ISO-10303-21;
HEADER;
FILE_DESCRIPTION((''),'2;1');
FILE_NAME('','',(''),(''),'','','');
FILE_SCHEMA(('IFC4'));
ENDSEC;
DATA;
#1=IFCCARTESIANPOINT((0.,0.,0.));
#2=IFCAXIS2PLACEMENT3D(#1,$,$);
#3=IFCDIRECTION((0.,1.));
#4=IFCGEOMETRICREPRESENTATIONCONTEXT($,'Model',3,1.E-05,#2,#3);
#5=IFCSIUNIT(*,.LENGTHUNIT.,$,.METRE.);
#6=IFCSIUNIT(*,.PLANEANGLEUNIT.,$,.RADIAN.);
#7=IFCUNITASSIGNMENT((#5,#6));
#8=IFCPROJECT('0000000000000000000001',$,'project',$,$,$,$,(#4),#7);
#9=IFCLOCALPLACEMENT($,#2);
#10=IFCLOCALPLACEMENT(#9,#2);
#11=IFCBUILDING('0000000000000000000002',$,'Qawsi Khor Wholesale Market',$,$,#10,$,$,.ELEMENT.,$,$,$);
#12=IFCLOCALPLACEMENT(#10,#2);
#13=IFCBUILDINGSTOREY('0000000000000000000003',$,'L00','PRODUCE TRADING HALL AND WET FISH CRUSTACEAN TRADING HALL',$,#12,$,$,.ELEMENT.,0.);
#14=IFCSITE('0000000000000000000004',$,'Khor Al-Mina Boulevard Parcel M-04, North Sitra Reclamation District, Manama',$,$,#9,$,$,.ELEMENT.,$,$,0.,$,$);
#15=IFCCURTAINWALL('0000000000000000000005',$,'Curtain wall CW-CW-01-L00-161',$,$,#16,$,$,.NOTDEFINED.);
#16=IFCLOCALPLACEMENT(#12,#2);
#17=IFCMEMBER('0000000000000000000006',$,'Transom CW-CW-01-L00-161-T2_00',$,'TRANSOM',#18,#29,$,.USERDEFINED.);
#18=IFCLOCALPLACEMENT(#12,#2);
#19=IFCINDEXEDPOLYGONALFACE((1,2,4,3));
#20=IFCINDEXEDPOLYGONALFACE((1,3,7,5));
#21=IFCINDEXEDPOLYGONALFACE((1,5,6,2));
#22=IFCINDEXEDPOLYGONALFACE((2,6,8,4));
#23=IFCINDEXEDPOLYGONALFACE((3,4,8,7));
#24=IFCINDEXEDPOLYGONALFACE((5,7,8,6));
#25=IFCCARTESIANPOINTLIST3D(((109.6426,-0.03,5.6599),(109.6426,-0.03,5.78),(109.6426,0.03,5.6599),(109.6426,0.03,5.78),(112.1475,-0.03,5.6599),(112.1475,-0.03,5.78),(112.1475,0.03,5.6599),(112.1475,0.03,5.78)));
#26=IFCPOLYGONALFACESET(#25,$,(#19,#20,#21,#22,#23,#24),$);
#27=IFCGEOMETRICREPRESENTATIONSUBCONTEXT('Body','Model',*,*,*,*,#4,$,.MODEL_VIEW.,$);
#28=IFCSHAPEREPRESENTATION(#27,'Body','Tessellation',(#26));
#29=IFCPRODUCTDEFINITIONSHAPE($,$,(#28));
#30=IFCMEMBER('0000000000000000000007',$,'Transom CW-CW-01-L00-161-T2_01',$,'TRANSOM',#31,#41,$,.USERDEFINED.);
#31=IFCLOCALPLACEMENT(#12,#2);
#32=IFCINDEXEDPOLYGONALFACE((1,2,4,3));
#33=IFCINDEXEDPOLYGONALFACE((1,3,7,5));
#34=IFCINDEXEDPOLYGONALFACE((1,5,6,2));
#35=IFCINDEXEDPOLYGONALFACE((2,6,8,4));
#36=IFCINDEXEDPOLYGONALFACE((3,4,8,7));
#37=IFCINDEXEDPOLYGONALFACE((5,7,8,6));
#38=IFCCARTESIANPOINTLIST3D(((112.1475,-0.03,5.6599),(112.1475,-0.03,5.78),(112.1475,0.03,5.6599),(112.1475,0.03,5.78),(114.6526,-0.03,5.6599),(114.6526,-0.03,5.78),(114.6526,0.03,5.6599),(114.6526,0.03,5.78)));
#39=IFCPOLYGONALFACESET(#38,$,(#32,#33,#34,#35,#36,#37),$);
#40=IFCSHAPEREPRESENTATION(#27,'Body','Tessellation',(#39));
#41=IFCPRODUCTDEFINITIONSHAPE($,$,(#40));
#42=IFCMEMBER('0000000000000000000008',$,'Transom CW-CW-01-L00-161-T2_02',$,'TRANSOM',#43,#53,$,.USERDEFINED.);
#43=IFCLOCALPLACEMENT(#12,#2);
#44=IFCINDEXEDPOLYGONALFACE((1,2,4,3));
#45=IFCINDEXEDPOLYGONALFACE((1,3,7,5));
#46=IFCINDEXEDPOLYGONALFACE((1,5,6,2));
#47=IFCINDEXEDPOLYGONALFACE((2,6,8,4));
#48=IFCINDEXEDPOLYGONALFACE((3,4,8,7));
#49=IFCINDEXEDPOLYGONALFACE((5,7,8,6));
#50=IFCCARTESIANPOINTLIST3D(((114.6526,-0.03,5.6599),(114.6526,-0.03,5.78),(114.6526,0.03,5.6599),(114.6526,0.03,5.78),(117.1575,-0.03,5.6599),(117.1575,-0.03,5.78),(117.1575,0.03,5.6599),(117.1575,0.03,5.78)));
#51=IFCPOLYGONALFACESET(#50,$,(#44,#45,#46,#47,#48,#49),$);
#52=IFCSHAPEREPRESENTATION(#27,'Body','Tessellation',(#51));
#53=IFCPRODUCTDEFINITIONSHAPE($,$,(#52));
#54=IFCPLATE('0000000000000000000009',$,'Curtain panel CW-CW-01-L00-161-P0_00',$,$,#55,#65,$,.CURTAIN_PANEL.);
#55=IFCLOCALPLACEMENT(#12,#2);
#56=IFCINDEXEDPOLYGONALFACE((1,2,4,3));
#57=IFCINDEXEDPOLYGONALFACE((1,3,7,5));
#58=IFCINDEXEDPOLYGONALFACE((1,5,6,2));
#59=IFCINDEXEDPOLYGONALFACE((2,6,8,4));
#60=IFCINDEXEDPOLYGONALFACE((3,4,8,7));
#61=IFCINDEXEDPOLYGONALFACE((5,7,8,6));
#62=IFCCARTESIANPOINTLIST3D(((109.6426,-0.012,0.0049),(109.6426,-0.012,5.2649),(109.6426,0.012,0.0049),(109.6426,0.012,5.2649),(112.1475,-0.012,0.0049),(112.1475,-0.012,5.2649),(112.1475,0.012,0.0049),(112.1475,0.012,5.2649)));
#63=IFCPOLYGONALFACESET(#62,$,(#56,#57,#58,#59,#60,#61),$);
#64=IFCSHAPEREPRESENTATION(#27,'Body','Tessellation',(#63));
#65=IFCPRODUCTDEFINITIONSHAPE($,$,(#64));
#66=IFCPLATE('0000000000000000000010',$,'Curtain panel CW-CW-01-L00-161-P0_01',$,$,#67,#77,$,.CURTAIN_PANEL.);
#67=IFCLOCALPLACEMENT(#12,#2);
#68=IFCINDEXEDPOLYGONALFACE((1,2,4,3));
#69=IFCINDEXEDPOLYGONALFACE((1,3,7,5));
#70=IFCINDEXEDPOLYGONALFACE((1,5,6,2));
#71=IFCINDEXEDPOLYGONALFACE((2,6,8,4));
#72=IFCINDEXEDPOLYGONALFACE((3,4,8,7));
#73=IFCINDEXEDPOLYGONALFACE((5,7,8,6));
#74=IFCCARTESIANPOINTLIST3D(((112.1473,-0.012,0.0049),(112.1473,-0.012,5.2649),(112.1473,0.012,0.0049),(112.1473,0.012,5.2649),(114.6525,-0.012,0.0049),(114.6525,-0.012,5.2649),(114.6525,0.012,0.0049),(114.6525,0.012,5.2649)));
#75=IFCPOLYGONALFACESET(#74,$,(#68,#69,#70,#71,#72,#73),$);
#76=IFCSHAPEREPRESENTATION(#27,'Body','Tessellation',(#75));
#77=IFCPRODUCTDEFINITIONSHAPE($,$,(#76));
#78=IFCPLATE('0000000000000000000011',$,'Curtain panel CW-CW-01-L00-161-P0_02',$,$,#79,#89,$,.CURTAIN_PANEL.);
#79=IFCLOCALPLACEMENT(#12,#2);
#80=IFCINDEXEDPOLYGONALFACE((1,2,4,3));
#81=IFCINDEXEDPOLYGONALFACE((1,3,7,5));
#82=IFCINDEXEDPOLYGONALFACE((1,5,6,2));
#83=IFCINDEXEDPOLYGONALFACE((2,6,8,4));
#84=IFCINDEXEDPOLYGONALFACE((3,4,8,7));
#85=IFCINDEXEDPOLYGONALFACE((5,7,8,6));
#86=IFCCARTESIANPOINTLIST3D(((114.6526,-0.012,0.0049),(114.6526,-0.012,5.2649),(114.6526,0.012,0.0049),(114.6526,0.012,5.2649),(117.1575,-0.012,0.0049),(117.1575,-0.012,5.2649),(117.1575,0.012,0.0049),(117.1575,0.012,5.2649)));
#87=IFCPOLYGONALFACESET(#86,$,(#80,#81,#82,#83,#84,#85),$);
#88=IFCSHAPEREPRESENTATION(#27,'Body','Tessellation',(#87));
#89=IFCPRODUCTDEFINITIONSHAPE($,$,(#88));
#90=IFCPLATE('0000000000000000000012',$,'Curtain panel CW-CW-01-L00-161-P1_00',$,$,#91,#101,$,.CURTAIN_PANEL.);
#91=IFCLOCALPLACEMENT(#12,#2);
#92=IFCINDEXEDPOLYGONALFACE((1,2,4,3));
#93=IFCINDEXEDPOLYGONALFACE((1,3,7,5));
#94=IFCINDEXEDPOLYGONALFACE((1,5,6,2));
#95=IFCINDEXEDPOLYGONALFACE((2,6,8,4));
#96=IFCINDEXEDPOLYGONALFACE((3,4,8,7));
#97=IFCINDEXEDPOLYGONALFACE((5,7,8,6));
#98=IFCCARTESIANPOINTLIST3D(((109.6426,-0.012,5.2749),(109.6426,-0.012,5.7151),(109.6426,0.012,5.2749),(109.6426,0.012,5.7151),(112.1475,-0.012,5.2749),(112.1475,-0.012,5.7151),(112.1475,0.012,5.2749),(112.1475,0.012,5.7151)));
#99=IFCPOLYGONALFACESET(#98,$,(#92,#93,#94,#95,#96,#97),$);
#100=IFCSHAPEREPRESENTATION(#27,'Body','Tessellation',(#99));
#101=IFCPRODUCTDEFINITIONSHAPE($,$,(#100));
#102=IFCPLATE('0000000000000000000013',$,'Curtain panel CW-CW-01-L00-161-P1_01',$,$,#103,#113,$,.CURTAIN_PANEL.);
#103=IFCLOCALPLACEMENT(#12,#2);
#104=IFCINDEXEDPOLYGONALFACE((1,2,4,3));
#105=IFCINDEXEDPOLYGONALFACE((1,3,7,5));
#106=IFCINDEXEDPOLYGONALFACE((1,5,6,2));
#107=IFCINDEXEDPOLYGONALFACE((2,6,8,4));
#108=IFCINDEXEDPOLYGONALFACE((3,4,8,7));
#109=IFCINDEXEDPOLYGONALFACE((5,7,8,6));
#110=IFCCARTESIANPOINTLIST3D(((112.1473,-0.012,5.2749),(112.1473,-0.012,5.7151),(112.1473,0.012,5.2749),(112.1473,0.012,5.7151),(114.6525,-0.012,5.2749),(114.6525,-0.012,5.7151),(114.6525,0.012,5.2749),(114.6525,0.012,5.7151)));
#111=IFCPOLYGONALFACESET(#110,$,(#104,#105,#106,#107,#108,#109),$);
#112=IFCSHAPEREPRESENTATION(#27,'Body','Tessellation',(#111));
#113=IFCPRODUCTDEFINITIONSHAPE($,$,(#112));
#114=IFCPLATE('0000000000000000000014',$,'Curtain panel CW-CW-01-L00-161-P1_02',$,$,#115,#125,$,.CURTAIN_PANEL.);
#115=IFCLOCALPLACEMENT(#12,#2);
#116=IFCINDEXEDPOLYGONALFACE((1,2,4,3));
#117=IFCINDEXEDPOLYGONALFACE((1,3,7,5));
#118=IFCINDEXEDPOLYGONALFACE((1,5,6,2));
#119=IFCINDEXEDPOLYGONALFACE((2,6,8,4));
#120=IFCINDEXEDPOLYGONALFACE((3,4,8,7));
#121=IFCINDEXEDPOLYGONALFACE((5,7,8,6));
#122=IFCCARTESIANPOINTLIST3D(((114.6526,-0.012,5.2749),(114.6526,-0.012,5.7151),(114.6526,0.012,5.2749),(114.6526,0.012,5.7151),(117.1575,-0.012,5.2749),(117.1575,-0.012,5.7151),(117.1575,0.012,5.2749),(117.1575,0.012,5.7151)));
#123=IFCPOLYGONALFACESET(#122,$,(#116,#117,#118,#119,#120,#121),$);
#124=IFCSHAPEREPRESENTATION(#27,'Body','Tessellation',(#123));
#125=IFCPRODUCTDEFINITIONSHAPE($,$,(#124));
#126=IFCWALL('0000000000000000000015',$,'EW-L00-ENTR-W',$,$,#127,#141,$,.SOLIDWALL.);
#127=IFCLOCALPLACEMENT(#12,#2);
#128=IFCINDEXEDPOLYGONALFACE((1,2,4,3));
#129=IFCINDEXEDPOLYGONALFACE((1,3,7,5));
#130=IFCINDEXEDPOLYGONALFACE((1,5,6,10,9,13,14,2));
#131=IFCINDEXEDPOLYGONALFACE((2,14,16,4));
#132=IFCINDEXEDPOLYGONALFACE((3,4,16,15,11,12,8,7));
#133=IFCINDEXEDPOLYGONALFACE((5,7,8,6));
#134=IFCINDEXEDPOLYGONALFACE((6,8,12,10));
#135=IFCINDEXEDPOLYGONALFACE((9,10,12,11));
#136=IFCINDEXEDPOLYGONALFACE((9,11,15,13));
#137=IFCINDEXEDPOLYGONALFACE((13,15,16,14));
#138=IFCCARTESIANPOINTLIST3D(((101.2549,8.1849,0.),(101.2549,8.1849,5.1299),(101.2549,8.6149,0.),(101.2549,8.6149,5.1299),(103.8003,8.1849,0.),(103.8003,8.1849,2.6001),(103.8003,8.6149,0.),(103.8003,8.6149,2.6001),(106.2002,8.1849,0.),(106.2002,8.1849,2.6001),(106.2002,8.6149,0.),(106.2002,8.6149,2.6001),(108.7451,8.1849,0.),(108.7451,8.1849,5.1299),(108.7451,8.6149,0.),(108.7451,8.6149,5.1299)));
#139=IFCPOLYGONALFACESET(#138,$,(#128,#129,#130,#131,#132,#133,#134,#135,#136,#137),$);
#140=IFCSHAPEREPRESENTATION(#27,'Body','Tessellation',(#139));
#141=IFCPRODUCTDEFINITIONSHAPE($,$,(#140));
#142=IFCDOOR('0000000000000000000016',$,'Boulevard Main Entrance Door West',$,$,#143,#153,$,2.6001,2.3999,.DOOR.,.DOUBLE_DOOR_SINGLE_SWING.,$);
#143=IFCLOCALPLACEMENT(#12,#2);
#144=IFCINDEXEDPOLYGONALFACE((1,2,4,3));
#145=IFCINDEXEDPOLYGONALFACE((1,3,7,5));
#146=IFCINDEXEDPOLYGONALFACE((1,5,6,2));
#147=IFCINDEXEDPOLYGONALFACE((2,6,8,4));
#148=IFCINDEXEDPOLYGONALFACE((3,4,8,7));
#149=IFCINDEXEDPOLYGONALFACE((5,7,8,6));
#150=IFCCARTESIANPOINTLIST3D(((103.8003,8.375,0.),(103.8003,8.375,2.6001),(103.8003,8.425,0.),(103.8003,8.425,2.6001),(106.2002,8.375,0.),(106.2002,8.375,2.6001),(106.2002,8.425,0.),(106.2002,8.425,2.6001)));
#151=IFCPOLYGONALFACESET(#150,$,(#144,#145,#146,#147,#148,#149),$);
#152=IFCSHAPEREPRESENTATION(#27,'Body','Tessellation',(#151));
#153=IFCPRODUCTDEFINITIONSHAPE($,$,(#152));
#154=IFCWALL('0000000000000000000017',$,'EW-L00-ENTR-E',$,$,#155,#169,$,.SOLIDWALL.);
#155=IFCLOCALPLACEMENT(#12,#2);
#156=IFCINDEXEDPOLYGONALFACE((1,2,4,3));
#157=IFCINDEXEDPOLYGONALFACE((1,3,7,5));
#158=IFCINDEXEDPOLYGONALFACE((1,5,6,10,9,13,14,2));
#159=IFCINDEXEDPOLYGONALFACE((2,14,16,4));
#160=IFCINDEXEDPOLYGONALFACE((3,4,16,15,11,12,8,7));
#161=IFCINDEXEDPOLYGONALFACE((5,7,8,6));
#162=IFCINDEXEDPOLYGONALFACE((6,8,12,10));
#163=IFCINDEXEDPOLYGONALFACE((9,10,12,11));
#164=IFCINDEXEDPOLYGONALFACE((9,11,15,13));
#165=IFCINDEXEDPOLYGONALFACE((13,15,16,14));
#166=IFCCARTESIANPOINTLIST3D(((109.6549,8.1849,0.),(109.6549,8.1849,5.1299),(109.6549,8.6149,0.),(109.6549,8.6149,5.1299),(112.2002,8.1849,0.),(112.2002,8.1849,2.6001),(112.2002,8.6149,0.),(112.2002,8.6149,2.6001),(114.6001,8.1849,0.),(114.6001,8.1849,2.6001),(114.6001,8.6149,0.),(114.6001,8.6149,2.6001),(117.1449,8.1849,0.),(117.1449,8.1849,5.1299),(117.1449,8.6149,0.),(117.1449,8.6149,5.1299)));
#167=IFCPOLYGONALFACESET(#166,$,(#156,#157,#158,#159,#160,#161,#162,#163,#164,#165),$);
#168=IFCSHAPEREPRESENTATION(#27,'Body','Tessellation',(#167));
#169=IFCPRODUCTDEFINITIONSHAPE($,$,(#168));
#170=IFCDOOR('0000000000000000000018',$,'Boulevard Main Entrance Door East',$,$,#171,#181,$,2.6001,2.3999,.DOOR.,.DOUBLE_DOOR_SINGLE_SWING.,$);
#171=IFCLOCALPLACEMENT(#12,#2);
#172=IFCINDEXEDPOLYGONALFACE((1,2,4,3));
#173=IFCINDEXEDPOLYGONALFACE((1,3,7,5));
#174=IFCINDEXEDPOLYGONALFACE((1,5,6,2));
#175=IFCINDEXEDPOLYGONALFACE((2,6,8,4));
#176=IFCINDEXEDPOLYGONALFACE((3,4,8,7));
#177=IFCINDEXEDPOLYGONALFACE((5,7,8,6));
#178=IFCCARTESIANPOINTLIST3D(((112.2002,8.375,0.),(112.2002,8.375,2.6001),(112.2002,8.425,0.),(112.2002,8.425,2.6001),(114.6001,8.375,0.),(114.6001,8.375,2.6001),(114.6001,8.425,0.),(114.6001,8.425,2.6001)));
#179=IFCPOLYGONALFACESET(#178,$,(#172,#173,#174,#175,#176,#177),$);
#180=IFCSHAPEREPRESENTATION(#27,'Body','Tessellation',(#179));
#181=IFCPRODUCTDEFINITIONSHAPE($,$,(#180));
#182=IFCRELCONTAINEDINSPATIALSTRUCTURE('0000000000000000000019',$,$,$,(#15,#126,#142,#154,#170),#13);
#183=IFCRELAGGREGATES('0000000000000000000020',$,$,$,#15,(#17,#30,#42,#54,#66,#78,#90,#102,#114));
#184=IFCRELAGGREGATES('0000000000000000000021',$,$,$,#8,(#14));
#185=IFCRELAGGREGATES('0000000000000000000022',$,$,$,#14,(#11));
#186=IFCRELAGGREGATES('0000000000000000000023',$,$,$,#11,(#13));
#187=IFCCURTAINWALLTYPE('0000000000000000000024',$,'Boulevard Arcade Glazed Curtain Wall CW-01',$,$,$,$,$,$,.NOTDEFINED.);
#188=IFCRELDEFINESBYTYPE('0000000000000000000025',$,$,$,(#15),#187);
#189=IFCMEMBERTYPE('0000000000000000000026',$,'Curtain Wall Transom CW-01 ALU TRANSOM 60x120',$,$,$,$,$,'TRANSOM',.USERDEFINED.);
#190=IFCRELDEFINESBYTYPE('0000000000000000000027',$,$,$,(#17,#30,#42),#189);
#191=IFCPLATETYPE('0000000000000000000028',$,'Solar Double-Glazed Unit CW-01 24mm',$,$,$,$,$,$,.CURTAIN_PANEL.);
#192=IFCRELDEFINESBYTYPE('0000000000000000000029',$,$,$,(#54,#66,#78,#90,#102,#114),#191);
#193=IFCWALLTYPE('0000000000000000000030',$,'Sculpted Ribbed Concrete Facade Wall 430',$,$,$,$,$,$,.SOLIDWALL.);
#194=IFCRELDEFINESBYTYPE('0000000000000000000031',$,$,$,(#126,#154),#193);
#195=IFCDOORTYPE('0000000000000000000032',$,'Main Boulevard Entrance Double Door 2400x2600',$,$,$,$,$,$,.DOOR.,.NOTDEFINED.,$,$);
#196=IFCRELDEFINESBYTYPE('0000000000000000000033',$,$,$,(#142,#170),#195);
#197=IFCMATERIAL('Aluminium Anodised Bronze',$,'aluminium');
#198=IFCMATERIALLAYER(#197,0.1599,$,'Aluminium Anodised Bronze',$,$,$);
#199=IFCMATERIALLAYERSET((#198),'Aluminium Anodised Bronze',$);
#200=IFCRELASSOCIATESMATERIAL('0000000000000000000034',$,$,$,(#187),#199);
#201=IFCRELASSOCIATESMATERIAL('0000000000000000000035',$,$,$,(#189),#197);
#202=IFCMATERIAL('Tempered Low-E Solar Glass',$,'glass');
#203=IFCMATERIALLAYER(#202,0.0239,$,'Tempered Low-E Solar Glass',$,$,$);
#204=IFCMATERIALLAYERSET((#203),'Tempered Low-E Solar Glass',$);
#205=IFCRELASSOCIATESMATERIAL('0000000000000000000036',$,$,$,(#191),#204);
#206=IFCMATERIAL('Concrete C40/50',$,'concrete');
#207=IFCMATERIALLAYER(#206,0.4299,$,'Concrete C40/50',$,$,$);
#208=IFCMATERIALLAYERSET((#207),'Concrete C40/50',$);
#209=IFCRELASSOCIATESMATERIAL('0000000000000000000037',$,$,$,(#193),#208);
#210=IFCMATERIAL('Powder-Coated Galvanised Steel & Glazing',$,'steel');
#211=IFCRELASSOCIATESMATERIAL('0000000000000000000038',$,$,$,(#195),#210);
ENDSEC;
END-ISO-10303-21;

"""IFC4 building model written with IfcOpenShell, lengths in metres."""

from ifc_helpers import new_model, si_unit, direction, frame, frame_2d, origin, origin_2d, place, context, subcontext, project, spatial, rectangle, extrude, material, layer, layer_set, material_profile, profile_set, type_object, element, fill, aggregate, save


model = new_model("IFC4")

# Units and contexts
model_context = context("Model", 3, precision=1e-05, world=origin(), true_north=direction((0.0, 1.0)))
body_context = subcontext(model_context, "Body", "Model", "MODEL_VIEW")
ifc_project = project(units=[si_unit("LENGTHUNIT", "METRE"), si_unit("PLANEANGLEUNIT", "RADIAN")], contexts=[model_context])

# Site, building, storey
site_placement = place(None, origin())
site = spatial("IfcSite", under=ifc_project, at=site_placement, Name="Khor Al-Mina Boulevard Parcel M-04, North Sitra Reclamation District, Manama", CompositionType="ELEMENT", RefElevation=0.0)
building_placement = place(site_placement, origin())
building = spatial("IfcBuilding", under=site, at=building_placement, Name="Qawsi Khor Wholesale Market", CompositionType="ELEMENT")
storey_placement = place(building_placement, origin())
storey = spatial("IfcBuildingStorey", under=building, at=storey_placement, Name="L00", Description="PRODUCE TRADING HALL AND WET FISH CRUSTACEAN TRADING HALL", CompositionType="ELEMENT", Elevation=0.0)

# Shared definitions
ifc_material_1 = material(Name="Concrete C40/50", Category="concrete")

# Curtain wall, members, plates
ifc_material_2 = material(Name="Aluminium Anodised Bronze", Category="aluminium")
ifc_layer_1 = layer(ifc_material_2, 0.1599, Name="Aluminium Anodised Bronze")
ifc_layer_set_1 = layer_set([ifc_layer_1], Name="Aluminium Anodised Bronze")
curtain_wall_type = type_object("IfcCurtainWallType", Name="Boulevard Arcade Glazed Curtain Wall CW-01", PredefinedType="NOTDEFINED", material=ifc_layer_set_1)
curtain_wall_placement = place(storey_placement, origin())
curtain_wall = element("IfcCurtainWall", 1, at=curtain_wall_placement, inside=storey, type_object=curtain_wall_type, Name="Curtain wall CW-CW-01-L00-161", PredefinedType="NOTDEFINED")
ifc_material_profile_1 = material_profile(ifc_material_2, rectangle(XDim=0.0601, YDim=0.1201, at=origin_2d()), Name="ALU TRANSOM 60x120")
ifc_profile_set_1 = profile_set([ifc_material_profile_1], Name="Aluminium Anodised Bronze")
member_type_1 = type_object("IfcMemberType", Name="Curtain Wall Transom CW-01 ALU TRANSOM 60x120", ElementType="TRANSOM", PredefinedType="USERDEFINED", material=ifc_profile_set_1)
member_1_placement = place(storey_placement, frame((109.6426, 0.0, 5.72), z_axis=(1.0, 0.0, 0.0), x_axis=(0.0, 1.0, 0.0)))
member_1 = element("IfcMember", 2, at=member_1_placement, type_object=member_type_1, Name="Transom CW-CW-01-L00-161-T2_00", ObjectType="TRANSOM", PredefinedType="USERDEFINED", context=body_context, shape_type="SweptSolid", body=[
    extrude(rectangle(XDim=0.0601, YDim=0.1201, at=origin_2d()), origin(), (0.0, 0.0, 1.0), 2.5049),
])
member_2_placement = place(storey_placement, frame((112.1475, 0.0, 5.72), z_axis=(1.0, 0.0, 0.0), x_axis=(0.0, 1.0, 0.0)))
member_2 = element("IfcMember", 3, at=member_2_placement, type_object=member_type_1, Name="Transom CW-CW-01-L00-161-T2_01", ObjectType="TRANSOM", PredefinedType="USERDEFINED", context=body_context, shape_type="SweptSolid", body=[
    extrude(rectangle(XDim=0.0601, YDim=0.1201, at=origin_2d()), origin(), (0.0, 0.0, 1.0), 2.5051),
])
member_3_placement = place(storey_placement, frame((114.6526, 0.0, 5.72), z_axis=(1.0, 0.0, 0.0), x_axis=(0.0, 1.0, 0.0)))
member_3 = element("IfcMember", 4, at=member_3_placement, type_object=member_type_1, Name="Transom CW-CW-01-L00-161-T2_02", ObjectType="TRANSOM", PredefinedType="USERDEFINED", context=body_context, shape_type="SweptSolid", body=[
    extrude(rectangle(XDim=0.0601, YDim=0.1201, at=origin_2d()), origin(), (0.0, 0.0, 1.0), 2.5049),
])
ifc_material_3 = material(Name="Tempered Low-E Solar Glass", Category="glass")
ifc_layer_2 = layer(ifc_material_3, 0.0239, Name="Tempered Low-E Solar Glass")
ifc_layer_set_2 = layer_set([ifc_layer_2], Name="Tempered Low-E Solar Glass")
plate_type = type_object("IfcPlateType", Name="Solar Double-Glazed Unit CW-01 24mm", PredefinedType="CURTAIN_PANEL", material=ifc_layer_set_2)
plate_1_placement = place(storey_placement, frame((109.6426, 0.0, 0.0049), z_axis=(0.0, 0.0, 1.0), x_axis=(1.0, 0.0, 0.0)))
plate_1 = element("IfcPlate", 5, at=plate_1_placement, type_object=plate_type, Name="Curtain panel CW-CW-01-L00-161-P0_00", PredefinedType="CURTAIN_PANEL", context=body_context, shape_type="SweptSolid", body=[
    extrude(rectangle(XDim=2.5049, YDim=0.0239, at=frame_2d((1.2524, 0.0))), origin(), (0.0, 0.0, 1.0), 5.26),
])
plate_2_placement = place(storey_placement, frame((112.1475, 0.0, 0.0049), z_axis=(0.0, 0.0, 1.0), x_axis=(1.0, 0.0, 0.0)))
plate_2 = element("IfcPlate", 6, at=plate_2_placement, type_object=plate_type, Name="Curtain panel CW-CW-01-L00-161-P0_01", PredefinedType="CURTAIN_PANEL", context=body_context, shape_type="SweptSolid", body=[
    extrude(rectangle(XDim=2.5051, YDim=0.0239, at=frame_2d((1.2524, 0.0))), origin(), (0.0, 0.0, 1.0), 5.26),
])
plate_3_placement = place(storey_placement, frame((114.6526, 0.0, 0.0049), z_axis=(0.0, 0.0, 1.0), x_axis=(1.0, 0.0, 0.0)))
plate_3 = element("IfcPlate", 7, at=plate_3_placement, type_object=plate_type, Name="Curtain panel CW-CW-01-L00-161-P0_02", PredefinedType="CURTAIN_PANEL", context=body_context, shape_type="SweptSolid", body=[
    extrude(rectangle(XDim=2.5049, YDim=0.0239, at=frame_2d((1.2524, 0.0))), origin(), (0.0, 0.0, 1.0), 5.26),
])
plate_4_placement = place(storey_placement, frame((109.6426, 0.0, 5.2749), z_axis=(0.0, 0.0, 1.0), x_axis=(1.0, 0.0, 0.0)))
plate_4 = element("IfcPlate", 8, at=plate_4_placement, type_object=plate_type, Name="Curtain panel CW-CW-01-L00-161-P1_00", PredefinedType="CURTAIN_PANEL", context=body_context, shape_type="SweptSolid", body=[
    extrude(rectangle(XDim=2.5049, YDim=0.0239, at=frame_2d((1.2524, 0.0))), origin(), (0.0, 0.0, 1.0), 0.4402),
])
plate_5_placement = place(storey_placement, frame((112.1475, 0.0, 5.2749), z_axis=(0.0, 0.0, 1.0), x_axis=(1.0, 0.0, 0.0)))
plate_5 = element("IfcPlate", 9, at=plate_5_placement, type_object=plate_type, Name="Curtain panel CW-CW-01-L00-161-P1_01", PredefinedType="CURTAIN_PANEL", context=body_context, shape_type="SweptSolid", body=[
    extrude(rectangle(XDim=2.5051, YDim=0.0239, at=frame_2d((1.2524, 0.0))), origin(), (0.0, 0.0, 1.0), 0.4402),
])
plate_6_placement = place(storey_placement, frame((114.6526, 0.0, 5.2749), z_axis=(0.0, 0.0, 1.0), x_axis=(1.0, 0.0, 0.0)))
plate_6 = element("IfcPlate", 10, at=plate_6_placement, type_object=plate_type, Name="Curtain panel CW-CW-01-L00-161-P1_02", PredefinedType="CURTAIN_PANEL", context=body_context, shape_type="SweptSolid", body=[
    extrude(rectangle(XDim=2.5049, YDim=0.0239, at=frame_2d((1.2524, 0.0))), origin(), (0.0, 0.0, 1.0), 0.4402),
])
aggregate(curtain_wall, [member_1, member_2, member_3, plate_1, plate_2, plate_3, plate_4, plate_5, plate_6])

# Walls, openings, doors
ifc_layer_3 = layer(ifc_material_1, 0.4299, Name="Concrete C40/50")
ifc_layer_set_3 = layer_set([ifc_layer_3], Name="Concrete C40/50")
wall_type = type_object("IfcWallType", Name="Sculpted Ribbed Concrete Facade Wall 430", PredefinedType="SOLIDWALL", material=ifc_layer_set_3)
wall_1_placement = place(storey_placement, frame((108.7451, 8.3999, 0.0), z_axis=(0.0, 0.0, 1.0), x_axis=(-1.0, 0.0, 0.0)))
wall_1 = element("IfcWall", 11, at=wall_1_placement, inside=storey, type_object=wall_type, Name="EW-L00-ENTR-W", PredefinedType="SOLIDWALL", context=body_context, shape_type="SweptSolid", body=[
    extrude(rectangle(XDim=7.4902, YDim=0.4299, at=frame_2d((3.7451, 0.0))), origin(), (0.0, 0.0, 1.0), 5.1299),
])
opening_1_placement = place(wall_1_placement, frame((2.5449, 0.0, 0.0)))
opening_1 = element("IfcOpeningElement", 12, at=opening_1_placement, cuts=wall_1, PredefinedType="OPENING", context=body_context, shape_type="SweptSolid", body=[
    extrude(rectangle(XDim=2.3999, YDim=2.6001, at=frame_2d((1.2, 1.3))), frame((0.0, 0.2249, 0.0), z_axis=(0.0, -1.0, 0.0), x_axis=(1.0, 0.0, 0.0)), (0.0, 0.0, 1.0), 0.45),
])
ifc_material_4 = material(Name="Powder-Coated Galvanised Steel & Glazing", Category="steel")
door_type = type_object("IfcDoorType", Name="Main Boulevard Entrance Double Door 2400x2600", OperationType="NOTDEFINED", PredefinedType="DOOR", material=ifc_material_4)
door_1_placement = place(opening_1_placement, origin())
door_1 = element("IfcDoor", 13, at=door_1_placement, inside=storey, type_object=door_type, Name="Boulevard Main Entrance Door West", OperationType="DOUBLE_DOOR_SINGLE_SWING", OverallHeight=2.6001, OverallWidth=2.3999, PredefinedType="DOOR", context=body_context, shape_type="SweptSolid", body=[
    extrude(rectangle(XDim=2.3999, YDim=2.6001, at=frame_2d((1.2, 1.3))), frame((0.0, 0.0249, 0.0), z_axis=(0.0, -1.0, 0.0), x_axis=(1.0, 0.0, 0.0)), (0.0, 0.0, 1.0), 0.05),
])
fill(opening_1, door_1)
wall_2_placement = place(storey_placement, frame((117.145, 8.3999, 0.0), z_axis=(0.0, 0.0, 1.0), x_axis=(-1.0, 0.0, 0.0)))
wall_2 = element("IfcWall", 14, at=wall_2_placement, inside=storey, type_object=wall_type, Name="EW-L00-ENTR-E", PredefinedType="SOLIDWALL", context=body_context, shape_type="SweptSolid", body=[
    extrude(rectangle(XDim=7.49, YDim=0.4299, at=frame_2d((3.7451, 0.0))), origin(), (0.0, 0.0, 1.0), 5.1299),
])
opening_2_placement = place(wall_2_placement, frame((2.5449, 0.0, 0.0)))
opening_2 = element("IfcOpeningElement", 15, at=opening_2_placement, cuts=wall_2, PredefinedType="OPENING", context=body_context, shape_type="SweptSolid", body=[
    extrude(rectangle(XDim=2.3999, YDim=2.6001, at=frame_2d((1.2, 1.3))), frame((0.0, 0.2249, 0.0), z_axis=(0.0, -1.0, 0.0), x_axis=(1.0, 0.0, 0.0)), (0.0, 0.0, 1.0), 0.45),
])
door_2_placement = place(opening_2_placement, origin())
door_2 = element("IfcDoor", 16, at=door_2_placement, inside=storey, type_object=door_type, Name="Boulevard Main Entrance Door East", OperationType="DOUBLE_DOOR_SINGLE_SWING", OverallHeight=2.6001, OverallWidth=2.3999, PredefinedType="DOOR", context=body_context, shape_type="SweptSolid", body=[
    extrude(rectangle(XDim=2.3999, YDim=2.6001, at=frame_2d((1.2, 1.3))), frame((0.0, 0.0249, 0.0), z_axis=(0.0, -1.0, 0.0), x_axis=(1.0, 0.0, 0.0)), (0.0, 0.0, 1.0), 0.05),
])
fill(opening_2, door_2)

save(model, "model.ifc")
